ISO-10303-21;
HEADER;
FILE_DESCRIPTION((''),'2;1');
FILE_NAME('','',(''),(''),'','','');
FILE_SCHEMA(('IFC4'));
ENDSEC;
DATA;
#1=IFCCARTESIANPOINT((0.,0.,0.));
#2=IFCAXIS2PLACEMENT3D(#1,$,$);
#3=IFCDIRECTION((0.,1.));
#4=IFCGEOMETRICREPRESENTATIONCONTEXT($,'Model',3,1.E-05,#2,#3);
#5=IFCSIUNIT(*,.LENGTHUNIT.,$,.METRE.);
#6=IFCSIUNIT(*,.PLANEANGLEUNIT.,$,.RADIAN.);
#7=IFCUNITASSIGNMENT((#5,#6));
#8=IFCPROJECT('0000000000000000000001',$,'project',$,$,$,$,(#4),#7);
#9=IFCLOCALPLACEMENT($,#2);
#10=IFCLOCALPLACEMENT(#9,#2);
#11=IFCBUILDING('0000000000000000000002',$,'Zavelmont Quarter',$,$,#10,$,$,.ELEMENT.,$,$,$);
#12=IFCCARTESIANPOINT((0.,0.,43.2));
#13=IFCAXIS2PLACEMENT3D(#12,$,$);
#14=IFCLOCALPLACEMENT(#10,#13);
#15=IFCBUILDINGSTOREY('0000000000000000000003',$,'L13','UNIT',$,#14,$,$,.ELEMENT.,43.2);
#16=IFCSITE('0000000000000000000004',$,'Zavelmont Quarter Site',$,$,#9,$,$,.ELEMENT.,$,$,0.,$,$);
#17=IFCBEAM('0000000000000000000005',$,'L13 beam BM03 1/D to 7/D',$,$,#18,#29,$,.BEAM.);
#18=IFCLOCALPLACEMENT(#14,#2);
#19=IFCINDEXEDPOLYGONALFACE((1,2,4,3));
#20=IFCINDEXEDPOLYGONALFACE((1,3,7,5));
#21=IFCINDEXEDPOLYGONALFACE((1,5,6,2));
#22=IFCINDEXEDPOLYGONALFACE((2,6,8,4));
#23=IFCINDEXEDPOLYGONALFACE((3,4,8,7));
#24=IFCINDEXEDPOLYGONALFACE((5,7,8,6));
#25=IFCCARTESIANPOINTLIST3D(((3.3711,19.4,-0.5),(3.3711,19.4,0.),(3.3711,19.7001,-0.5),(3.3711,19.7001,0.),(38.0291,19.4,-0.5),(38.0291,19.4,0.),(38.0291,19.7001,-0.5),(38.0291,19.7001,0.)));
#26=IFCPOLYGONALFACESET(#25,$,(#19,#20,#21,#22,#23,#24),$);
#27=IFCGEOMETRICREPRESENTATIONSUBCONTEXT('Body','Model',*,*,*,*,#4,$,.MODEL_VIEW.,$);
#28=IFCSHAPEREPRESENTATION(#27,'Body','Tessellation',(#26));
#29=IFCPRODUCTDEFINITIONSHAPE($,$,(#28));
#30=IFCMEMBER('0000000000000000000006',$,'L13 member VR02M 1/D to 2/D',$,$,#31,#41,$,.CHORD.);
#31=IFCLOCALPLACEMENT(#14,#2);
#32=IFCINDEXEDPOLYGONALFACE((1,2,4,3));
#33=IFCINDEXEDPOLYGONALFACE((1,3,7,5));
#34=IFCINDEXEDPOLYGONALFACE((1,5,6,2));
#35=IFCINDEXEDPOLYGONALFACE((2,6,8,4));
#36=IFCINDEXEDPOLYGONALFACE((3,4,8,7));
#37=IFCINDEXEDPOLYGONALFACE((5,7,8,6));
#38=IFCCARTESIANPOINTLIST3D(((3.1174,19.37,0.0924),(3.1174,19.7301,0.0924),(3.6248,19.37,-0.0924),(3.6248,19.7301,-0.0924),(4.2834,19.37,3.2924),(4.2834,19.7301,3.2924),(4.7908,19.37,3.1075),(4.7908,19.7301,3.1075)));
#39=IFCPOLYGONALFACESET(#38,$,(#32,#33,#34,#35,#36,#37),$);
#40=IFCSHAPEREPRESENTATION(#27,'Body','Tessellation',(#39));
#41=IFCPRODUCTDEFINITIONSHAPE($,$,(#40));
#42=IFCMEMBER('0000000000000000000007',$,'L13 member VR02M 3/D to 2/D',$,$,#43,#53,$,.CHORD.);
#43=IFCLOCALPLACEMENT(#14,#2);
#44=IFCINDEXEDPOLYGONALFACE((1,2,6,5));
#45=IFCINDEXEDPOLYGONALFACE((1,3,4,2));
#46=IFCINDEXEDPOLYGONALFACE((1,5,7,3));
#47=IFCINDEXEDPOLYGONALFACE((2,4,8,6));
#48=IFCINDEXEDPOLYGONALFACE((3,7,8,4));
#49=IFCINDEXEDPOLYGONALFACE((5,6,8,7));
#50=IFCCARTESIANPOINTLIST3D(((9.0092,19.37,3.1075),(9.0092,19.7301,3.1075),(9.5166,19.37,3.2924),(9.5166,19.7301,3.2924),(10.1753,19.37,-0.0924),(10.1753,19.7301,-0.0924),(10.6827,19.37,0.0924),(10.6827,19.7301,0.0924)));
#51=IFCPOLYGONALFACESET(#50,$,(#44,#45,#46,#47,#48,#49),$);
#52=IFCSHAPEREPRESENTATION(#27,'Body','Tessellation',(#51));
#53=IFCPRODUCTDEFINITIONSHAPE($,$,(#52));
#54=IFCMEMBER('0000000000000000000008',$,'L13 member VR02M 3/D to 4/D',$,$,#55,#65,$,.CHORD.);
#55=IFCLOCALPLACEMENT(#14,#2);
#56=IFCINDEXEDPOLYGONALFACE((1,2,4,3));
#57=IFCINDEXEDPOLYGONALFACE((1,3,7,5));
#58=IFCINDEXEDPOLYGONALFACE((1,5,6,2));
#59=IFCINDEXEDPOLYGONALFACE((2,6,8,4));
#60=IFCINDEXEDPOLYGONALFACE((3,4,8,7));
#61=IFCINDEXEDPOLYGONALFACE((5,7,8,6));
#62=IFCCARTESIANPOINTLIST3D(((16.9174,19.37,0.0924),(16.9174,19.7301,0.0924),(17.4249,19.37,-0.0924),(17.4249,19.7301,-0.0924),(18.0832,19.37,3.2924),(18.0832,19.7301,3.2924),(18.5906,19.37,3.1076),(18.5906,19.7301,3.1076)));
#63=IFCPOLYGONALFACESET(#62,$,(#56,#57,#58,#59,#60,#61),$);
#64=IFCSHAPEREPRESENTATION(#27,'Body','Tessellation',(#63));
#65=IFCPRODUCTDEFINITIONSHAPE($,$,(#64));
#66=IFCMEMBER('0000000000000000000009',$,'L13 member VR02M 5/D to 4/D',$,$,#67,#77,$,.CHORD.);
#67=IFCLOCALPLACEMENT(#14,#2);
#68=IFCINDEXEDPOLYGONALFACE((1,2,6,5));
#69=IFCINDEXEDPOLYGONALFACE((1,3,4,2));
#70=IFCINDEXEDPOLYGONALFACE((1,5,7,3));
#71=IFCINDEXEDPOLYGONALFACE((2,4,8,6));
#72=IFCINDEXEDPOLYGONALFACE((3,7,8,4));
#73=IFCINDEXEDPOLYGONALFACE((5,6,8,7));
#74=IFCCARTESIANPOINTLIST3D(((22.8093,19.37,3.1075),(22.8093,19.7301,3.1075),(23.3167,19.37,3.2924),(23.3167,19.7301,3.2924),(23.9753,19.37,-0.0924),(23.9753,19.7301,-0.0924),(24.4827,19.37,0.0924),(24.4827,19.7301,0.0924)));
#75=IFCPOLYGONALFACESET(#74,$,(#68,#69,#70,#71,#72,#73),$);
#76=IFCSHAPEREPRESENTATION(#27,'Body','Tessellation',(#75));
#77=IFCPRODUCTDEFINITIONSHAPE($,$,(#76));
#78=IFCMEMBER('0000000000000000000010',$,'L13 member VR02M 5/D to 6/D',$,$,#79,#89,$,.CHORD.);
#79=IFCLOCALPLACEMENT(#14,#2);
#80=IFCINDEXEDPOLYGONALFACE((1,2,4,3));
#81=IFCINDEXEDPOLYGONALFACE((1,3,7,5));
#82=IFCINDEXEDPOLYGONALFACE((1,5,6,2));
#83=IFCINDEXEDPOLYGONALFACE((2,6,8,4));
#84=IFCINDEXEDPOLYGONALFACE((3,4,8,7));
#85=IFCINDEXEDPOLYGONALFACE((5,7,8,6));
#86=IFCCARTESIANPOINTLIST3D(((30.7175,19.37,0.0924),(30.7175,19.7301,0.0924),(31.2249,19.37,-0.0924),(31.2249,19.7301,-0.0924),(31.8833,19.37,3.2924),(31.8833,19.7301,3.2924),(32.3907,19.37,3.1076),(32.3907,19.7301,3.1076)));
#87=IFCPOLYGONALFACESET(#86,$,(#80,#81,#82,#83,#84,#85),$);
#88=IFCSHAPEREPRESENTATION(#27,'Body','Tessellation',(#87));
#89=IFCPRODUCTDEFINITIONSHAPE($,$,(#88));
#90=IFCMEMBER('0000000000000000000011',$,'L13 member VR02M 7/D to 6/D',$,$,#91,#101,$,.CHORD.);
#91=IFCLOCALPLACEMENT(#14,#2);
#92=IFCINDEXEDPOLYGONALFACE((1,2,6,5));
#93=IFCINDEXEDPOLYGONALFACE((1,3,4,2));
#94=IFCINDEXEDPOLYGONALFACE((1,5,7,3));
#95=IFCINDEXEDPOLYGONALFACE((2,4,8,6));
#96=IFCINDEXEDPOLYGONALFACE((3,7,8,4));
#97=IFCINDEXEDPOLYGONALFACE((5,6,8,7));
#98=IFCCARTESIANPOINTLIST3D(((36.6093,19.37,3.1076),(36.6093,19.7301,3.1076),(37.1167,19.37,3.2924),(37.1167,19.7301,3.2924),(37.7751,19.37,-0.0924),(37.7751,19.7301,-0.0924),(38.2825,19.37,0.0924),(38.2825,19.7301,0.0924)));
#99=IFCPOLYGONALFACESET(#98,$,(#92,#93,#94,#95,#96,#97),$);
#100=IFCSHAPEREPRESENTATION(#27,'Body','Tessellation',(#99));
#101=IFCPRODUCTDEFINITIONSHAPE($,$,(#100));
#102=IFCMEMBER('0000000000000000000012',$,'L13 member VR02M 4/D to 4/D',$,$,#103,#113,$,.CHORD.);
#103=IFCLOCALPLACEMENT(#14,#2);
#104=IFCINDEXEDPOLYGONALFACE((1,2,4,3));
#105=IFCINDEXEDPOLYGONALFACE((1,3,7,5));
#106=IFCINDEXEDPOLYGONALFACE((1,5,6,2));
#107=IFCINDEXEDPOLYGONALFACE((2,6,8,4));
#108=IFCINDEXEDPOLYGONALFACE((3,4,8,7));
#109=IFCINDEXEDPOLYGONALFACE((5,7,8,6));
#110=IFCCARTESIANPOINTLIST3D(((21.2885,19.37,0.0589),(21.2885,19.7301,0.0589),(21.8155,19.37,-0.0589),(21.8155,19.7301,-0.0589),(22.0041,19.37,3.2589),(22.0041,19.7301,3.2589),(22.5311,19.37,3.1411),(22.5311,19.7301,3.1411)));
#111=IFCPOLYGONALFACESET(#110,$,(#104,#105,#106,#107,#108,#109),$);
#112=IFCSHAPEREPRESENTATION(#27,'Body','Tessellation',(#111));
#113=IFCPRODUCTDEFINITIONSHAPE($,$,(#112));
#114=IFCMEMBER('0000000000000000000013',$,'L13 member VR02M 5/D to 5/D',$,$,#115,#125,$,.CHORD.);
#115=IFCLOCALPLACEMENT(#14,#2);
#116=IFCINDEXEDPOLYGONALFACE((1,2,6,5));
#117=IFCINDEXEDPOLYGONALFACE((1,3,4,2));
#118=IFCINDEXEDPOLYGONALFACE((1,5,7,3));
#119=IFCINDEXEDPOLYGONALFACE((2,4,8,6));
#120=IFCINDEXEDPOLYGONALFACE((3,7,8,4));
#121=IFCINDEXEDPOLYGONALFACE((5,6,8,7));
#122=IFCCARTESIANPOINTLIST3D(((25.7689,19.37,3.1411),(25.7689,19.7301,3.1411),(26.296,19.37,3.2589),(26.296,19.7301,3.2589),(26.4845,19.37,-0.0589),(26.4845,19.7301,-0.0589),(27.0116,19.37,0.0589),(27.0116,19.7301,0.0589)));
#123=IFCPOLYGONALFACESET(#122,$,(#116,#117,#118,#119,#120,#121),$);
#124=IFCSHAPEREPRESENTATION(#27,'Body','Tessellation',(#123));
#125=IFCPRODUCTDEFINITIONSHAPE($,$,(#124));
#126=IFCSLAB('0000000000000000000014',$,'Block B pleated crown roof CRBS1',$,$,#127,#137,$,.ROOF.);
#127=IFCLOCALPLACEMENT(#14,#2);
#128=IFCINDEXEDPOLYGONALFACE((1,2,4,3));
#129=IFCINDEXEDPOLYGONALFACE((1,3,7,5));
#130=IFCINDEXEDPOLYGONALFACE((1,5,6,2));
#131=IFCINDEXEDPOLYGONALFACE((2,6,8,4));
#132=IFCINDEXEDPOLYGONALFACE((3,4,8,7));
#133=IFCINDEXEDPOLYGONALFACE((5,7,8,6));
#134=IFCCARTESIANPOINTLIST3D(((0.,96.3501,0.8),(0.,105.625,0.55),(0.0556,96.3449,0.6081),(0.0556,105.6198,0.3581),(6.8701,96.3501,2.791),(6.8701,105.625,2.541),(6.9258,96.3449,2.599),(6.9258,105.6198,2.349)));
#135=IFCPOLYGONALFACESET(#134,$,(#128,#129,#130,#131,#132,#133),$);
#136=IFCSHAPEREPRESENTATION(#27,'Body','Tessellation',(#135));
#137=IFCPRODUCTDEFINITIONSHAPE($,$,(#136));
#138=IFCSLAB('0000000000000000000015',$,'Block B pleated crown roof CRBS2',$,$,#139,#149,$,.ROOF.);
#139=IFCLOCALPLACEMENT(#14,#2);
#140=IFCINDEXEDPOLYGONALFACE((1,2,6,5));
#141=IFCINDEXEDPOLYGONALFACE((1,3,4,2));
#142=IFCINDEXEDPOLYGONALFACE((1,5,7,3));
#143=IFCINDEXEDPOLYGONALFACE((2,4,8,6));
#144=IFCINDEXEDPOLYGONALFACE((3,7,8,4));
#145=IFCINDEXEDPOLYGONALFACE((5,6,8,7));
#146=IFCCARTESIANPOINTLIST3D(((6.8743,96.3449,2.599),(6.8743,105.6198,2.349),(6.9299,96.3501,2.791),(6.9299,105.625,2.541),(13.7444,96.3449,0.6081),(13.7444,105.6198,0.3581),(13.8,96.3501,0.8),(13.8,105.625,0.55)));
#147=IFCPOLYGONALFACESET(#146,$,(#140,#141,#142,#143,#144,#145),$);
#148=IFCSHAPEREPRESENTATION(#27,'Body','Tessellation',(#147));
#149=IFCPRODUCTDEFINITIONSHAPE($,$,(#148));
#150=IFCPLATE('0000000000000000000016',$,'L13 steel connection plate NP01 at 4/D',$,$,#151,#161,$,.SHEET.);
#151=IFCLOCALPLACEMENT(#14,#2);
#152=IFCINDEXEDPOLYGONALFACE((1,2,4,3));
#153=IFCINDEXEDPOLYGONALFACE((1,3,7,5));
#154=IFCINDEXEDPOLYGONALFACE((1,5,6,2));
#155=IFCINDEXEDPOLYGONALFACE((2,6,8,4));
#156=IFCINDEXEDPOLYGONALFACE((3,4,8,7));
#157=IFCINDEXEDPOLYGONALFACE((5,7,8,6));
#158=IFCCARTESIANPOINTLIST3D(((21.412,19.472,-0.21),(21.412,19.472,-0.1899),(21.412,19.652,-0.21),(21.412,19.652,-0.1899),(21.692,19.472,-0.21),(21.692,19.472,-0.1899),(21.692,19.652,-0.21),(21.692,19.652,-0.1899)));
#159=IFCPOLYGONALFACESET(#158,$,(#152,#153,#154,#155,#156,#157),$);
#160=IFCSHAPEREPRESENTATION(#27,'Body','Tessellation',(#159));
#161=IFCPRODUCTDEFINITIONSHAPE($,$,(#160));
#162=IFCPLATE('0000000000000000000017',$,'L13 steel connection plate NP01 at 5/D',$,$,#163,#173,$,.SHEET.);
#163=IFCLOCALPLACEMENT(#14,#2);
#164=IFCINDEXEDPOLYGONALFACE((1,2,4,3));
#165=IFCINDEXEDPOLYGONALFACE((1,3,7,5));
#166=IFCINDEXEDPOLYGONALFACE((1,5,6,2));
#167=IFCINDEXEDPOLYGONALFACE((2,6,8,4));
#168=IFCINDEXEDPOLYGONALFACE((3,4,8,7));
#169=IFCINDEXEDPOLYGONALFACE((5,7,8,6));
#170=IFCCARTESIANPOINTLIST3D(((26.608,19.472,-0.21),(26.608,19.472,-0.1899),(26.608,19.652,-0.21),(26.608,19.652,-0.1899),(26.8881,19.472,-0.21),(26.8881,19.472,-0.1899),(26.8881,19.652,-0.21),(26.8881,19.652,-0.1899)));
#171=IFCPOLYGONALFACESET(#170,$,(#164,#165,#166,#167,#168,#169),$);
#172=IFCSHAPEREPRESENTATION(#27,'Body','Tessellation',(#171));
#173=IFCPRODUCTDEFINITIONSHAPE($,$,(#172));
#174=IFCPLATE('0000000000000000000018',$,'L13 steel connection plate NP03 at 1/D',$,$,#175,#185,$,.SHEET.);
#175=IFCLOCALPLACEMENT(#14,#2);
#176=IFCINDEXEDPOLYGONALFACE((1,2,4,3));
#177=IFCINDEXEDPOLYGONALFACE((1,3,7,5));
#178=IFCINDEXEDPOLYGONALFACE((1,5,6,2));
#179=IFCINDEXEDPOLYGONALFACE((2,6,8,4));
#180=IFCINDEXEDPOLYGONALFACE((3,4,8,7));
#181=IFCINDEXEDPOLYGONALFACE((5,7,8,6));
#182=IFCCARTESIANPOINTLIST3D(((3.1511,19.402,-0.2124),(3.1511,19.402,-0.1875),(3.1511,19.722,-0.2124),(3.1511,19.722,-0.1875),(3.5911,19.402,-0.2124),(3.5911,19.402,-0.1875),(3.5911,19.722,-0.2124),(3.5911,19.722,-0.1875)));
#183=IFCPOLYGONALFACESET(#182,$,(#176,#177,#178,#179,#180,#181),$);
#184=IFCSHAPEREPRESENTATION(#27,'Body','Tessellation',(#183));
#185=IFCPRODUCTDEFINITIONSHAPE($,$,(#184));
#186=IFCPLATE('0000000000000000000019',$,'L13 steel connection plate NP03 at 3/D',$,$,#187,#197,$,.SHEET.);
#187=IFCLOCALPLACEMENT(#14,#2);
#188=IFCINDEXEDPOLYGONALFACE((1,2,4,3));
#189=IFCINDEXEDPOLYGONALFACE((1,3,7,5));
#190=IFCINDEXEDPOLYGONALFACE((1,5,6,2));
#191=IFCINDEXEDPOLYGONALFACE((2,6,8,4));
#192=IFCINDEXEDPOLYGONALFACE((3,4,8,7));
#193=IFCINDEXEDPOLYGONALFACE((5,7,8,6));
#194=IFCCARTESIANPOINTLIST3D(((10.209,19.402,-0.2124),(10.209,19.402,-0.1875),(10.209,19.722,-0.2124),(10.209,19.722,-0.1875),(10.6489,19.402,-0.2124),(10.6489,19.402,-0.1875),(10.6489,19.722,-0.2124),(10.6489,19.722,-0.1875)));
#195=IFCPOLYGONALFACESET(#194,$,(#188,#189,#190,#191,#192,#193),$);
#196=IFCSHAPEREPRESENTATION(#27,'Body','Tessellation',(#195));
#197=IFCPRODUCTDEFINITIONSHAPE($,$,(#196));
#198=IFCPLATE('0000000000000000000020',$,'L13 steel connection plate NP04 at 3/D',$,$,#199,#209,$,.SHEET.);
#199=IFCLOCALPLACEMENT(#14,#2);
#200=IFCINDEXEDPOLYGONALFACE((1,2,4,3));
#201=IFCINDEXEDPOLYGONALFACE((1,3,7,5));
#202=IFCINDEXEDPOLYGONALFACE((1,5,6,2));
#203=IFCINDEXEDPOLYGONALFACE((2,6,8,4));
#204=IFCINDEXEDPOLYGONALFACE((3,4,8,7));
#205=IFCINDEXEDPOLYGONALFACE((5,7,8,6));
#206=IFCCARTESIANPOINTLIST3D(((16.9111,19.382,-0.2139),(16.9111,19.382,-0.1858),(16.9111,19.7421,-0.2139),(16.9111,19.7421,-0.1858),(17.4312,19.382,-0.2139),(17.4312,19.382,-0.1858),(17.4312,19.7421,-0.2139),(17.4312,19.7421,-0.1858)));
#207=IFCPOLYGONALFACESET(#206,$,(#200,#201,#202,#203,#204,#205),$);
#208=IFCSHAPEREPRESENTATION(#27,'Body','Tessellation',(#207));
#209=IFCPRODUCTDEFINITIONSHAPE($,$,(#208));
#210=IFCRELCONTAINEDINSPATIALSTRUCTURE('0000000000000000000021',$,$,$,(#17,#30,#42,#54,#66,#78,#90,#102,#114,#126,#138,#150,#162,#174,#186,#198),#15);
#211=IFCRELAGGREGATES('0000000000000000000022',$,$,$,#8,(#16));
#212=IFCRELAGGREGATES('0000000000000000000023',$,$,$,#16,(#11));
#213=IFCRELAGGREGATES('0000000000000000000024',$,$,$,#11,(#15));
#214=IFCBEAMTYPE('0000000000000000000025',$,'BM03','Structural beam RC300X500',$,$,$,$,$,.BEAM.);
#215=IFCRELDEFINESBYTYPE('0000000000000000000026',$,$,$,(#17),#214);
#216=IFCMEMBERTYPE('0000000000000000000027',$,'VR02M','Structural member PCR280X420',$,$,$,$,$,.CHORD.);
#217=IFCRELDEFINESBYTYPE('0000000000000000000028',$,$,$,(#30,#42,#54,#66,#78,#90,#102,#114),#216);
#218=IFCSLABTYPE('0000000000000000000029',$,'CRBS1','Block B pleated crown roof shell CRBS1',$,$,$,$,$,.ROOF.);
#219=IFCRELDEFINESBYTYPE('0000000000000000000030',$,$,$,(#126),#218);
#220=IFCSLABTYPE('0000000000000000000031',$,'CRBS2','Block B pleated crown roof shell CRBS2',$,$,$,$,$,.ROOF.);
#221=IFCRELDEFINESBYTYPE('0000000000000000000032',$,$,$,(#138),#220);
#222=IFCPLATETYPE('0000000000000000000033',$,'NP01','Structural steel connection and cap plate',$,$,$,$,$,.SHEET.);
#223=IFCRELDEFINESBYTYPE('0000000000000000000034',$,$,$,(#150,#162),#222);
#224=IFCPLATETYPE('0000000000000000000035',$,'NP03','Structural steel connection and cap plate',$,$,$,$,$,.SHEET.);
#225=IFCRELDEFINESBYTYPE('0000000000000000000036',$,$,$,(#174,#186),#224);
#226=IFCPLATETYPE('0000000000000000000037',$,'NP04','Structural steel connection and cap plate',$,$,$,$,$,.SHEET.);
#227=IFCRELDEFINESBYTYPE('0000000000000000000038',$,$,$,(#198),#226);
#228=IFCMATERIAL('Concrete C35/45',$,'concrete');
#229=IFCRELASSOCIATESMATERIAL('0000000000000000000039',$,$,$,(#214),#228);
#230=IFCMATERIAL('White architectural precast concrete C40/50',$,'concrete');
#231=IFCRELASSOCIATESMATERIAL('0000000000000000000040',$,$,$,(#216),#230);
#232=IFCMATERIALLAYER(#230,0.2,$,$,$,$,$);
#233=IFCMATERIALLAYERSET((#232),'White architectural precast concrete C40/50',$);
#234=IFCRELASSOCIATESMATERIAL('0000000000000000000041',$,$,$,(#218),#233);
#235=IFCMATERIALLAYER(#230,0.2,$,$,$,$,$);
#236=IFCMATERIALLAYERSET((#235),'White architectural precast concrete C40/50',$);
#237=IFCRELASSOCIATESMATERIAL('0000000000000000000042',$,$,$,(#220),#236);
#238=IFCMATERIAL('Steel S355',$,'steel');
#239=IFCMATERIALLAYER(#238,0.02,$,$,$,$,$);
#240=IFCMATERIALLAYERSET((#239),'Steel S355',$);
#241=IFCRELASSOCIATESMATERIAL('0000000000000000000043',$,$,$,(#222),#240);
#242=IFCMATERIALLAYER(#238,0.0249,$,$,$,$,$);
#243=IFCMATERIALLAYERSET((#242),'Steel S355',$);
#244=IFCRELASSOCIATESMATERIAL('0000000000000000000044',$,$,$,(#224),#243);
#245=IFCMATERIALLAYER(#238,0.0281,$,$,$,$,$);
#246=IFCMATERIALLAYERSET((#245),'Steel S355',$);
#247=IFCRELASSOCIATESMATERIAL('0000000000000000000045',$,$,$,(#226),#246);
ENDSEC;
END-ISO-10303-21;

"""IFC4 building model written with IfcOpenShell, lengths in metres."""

from ifc_helpers import new_model, si_unit, direction, frame, origin, origin_2d, place, context, subcontext, project, spatial, polyline, rectangle, outline, extrude, material, layer, layer_set, material_profile, profile_set, type_object, element, save


model = new_model("IFC4")

# Units and contexts
model_context = context("Model", 3, precision=1e-05, world=origin(), true_north=direction((0.0, 1.0)))
body_context = subcontext(model_context, "Body", "Model", "MODEL_VIEW")
ifc_project = project(units=[si_unit("LENGTHUNIT", "METRE"), si_unit("PLANEANGLEUNIT", "RADIAN")], contexts=[model_context])

# Site, building, storey
site_placement = place(None, origin())
site = spatial("IfcSite", under=ifc_project, at=site_placement, Name="Zavelmont Quarter Site", CompositionType="ELEMENT", RefElevation=0.0)
building_placement = place(site_placement, origin())
building = spatial("IfcBuilding", under=site, at=building_placement, Name="Zavelmont Quarter", CompositionType="ELEMENT")
storey_placement = place(building_placement, frame((0.0, 0.0, 43.2)))
storey = spatial("IfcBuildingStorey", under=building, at=storey_placement, Name="L13", Description="UNIT", CompositionType="ELEMENT", Elevation=43.2)

# Beam
ifc_material_1 = material(Name="Concrete C35/45", Category="concrete")
ifc_material_profile_1 = material_profile(ifc_material_1, rectangle(XDim=0.3, YDim=0.5, at=origin_2d()), Name="RC300X500")
ifc_profile_set_1 = profile_set([ifc_material_profile_1], Name="Concrete C35/45")
beam_type = type_object("IfcBeamType", Name="BM03", Description="Structural beam RC300X500", PredefinedType="BEAM", material=ifc_profile_set_1)
beam_placement = place(storey_placement, frame((3.3711, 19.55, -0.25), z_axis=(1.0, 0.0, 0.0), x_axis=(0.0, 1.0, 0.0)))
element("IfcBeam", 1, at=beam_placement, inside=storey, type_object=beam_type, Name="L13 beam BM03 1/D to 7/D", PredefinedType="BEAM", context=body_context, shape_type="SweptSolid", body=[
    extrude(rectangle(XDim=0.3, YDim=0.5, at=origin_2d()), origin(), (0.0, 0.0, 1.0), 34.658),
])

# Members
ifc_material_2 = material(Name="White architectural precast concrete C40/50", Category="concrete")
ifc_material_profile_2 = material_profile(ifc_material_2, rectangle(XDim=0.3601, YDim=0.54, at=origin_2d()), Name="PCR280X420")
ifc_profile_set_2 = profile_set([ifc_material_profile_2], Name="White architectural precast concrete C40/50")
member_type = type_object("IfcMemberType", Name="VR02M", Description="Structural member PCR280X420", PredefinedType="CHORD", material=ifc_profile_set_2)
for number, where, z_axis, x_axis, name in (
    (2, (3.3711, 19.55, 0.0), (0.342365, 0.0, 0.939567), (0.0, 1.0, 0.0), "L13 member VR02M 1/D to 2/D"),
    (3, (10.429, 19.55, 0.0), (-0.342365, 0.0, 0.939567), (0.0, -1.0, 0.0), "L13 member VR02M 3/D to 2/D"),
    (4, (17.1711, 19.55, 0.0), (0.342301, 0.0, 0.93959), (0.0, 1.0, 0.0), "L13 member VR02M 3/D to 4/D"),
    (5, (24.229, 19.55, 0.0), (-0.342365, 0.0, 0.939567), (0.0, -1.0, 0.0), "L13 member VR02M 5/D to 4/D"),
    (6, (30.9712, 19.55, 0.0), (0.342301, 0.0, 0.93959), (0.0, 1.0, 0.0), "L13 member VR02M 5/D to 6/D"),
    (7, (38.0288, 19.55, 0.0), (-0.342301, 0.0, 0.93959), (0.0, -1.0, 0.0), "L13 member VR02M 7/D to 6/D"),
):
    element("IfcMember", number, at=place(storey_placement, frame(where, z_axis=z_axis, x_axis=x_axis)), inside=storey, type_object=member_type, Name=name, PredefinedType="CHORD", context=body_context, shape_type="SweptSolid", body=[
        extrude(rectangle(XDim=0.3601, YDim=0.54, at=origin_2d()), origin(), (0.0, 0.0, 1.0), 3.4058),
    ])
for number, where, z_axis, x_axis, name in (
    (8, (21.552, 19.55, 0.0), (0.218231, 0.0, 0.975897), (0.0, 1.0, 0.0), "L13 member VR02M 4/D to 4/D"),
    (9, (26.748, 19.55, 0.0), (-0.218231, 0.0, 0.975897), (0.0, -1.0, 0.0), "L13 member VR02M 5/D to 5/D"),
):
    element("IfcMember", number, at=place(storey_placement, frame(where, z_axis=z_axis, x_axis=x_axis)), inside=storey, type_object=member_type, Name=name, PredefinedType="CHORD", context=body_context, shape_type="SweptSolid", body=[
        extrude(rectangle(XDim=0.3601, YDim=0.54, at=origin_2d()), origin(), (0.0, 0.0, 1.0), 3.2791),
    ])

# Slabs
ifc_layer_1 = layer(ifc_material_2, 0.2)
ifc_layer_set_1 = layer_set([ifc_layer_1], Name="White architectural precast concrete C40/50")
slab_type_1 = type_object("IfcSlabType", Name="CRBS1", Description="Block B pleated crown roof shell CRBS1", PredefinedType="ROOF", material=ifc_layer_set_1)
slab_1_placement = place(storey_placement, frame((0.0, 96.3501, 0.8), z_axis=(-0.278255, 0.025881, 0.960159), x_axis=(0.96048, 0.0, 0.278348)))
element("IfcSlab", 10, at=slab_1_placement, inside=storey, type_object=slab_type_1, Name="Block B pleated crown roof CRBS1", PredefinedType="ROOF", context=body_context, shape_type="SweptSolid", body=[
    extrude(outline(polyline([(0.0, 0.0), (7.1528, 0.0), (7.0832, 9.278), (-0.0696, 9.278), (0.0, 0.0)])), origin(), (0.0, 0.0, -1.0), 0.2),
])
ifc_layer_2 = layer(ifc_material_2, 0.2)
ifc_layer_set_2 = layer_set([ifc_layer_2], Name="White architectural precast concrete C40/50")
slab_type_2 = type_object("IfcSlabType", Name="CRBS2", Description="Block B pleated crown roof shell CRBS2", PredefinedType="ROOF", material=ifc_layer_set_2)
slab_2_placement = place(storey_placement, frame((6.9299, 96.3501, 2.791), z_axis=(0.278255, 0.025881, 0.960159), x_axis=(0.96048, 0.0, -0.278348)))
element("IfcSlab", 11, at=slab_2_placement, inside=storey, type_object=slab_type_2, Name="Block B pleated crown roof CRBS2", PredefinedType="ROOF", context=body_context, shape_type="SweptSolid", body=[
    extrude(outline(polyline([(0.0, 0.0), (7.1528, 0.0), (7.2224, 9.278), (0.0696, 9.278), (0.0, 0.0)])), origin(), (0.0, 0.0, -1.0), 0.2),
])

# Plates
ifc_material_3 = material(Name="Steel S355", Category="steel")
ifc_layer_3 = layer(ifc_material_3, 0.02)
ifc_layer_set_3 = layer_set([ifc_layer_3], Name="Steel S355")
plate_type_1 = type_object("IfcPlateType", Name="NP01", Description="Structural steel connection and cap plate", PredefinedType="SHEET", material=ifc_layer_set_3)
for number, where, z_axis, x_axis, name in (
    (12, (21.552, 19.562, -0.21), (0.0, 0.0, 1.0), (1.0, 0.0, 0.0), "L13 steel connection plate NP01 at 4/D"),
    (13, (26.748, 19.562, -0.21), (0.0, 0.0, 1.0), (1.0, 0.0, 0.0), "L13 steel connection plate NP01 at 5/D"),
):
    element("IfcPlate", number, at=place(storey_placement, frame(where, z_axis=z_axis, x_axis=x_axis)), inside=storey, type_object=plate_type_1, Name=name, PredefinedType="SHEET", context=body_context, shape_type="SweptSolid", body=[
        extrude(rectangle(XDim=0.28, YDim=0.1799, at=origin_2d()), origin(), (0.0, 0.0, 1.0), 0.02),
    ])
ifc_layer_4 = layer(ifc_material_3, 0.0249)
ifc_layer_set_4 = layer_set([ifc_layer_4], Name="Steel S355")
plate_type_2 = type_object("IfcPlateType", Name="NP03", Description="Structural steel connection and cap plate", PredefinedType="SHEET", material=ifc_layer_set_4)
for number, where, z_axis, x_axis, name in (
    (14, (3.3711, 19.562, -0.2124), (0.0, 0.0, 1.0), (1.0, 0.0, 0.0), "L13 steel connection plate NP03 at 1/D"),
    (15, (10.429, 19.562, -0.2124), (0.0, 0.0, 1.0), (1.0, 0.0, 0.0), "L13 steel connection plate NP03 at 3/D"),
):
    element("IfcPlate", number, at=place(storey_placement, frame(where, z_axis=z_axis, x_axis=x_axis)), inside=storey, type_object=plate_type_2, Name=name, PredefinedType="SHEET", context=body_context, shape_type="SweptSolid", body=[
        extrude(rectangle(XDim=0.4399, YDim=0.3201, at=origin_2d()), origin(), (0.0, 0.0, 1.0), 0.0249),
    ])
ifc_layer_5 = layer(ifc_material_3, 0.0281)
ifc_layer_set_5 = layer_set([ifc_layer_5], Name="Steel S355")
plate_type_3 = type_object("IfcPlateType", Name="NP04", Description="Structural steel connection and cap plate", PredefinedType="SHEET", material=ifc_layer_set_5)
for number, where, z_axis, x_axis, name in (
    (16, (17.1711, 19.562, -0.2139), (0.0, 0.0, 1.0), (1.0, 0.0, 0.0), "L13 steel connection plate NP04 at 3/D"),
):
    element("IfcPlate", number, at=place(storey_placement, frame(where, z_axis=z_axis, x_axis=x_axis)), inside=storey, type_object=plate_type_3, Name=name, PredefinedType="SHEET", context=body_context, shape_type="SweptSolid", body=[
        extrude(rectangle(XDim=0.52, YDim=0.3601, at=origin_2d()), origin(), (0.0, 0.0, 1.0), 0.0281),
    ])

save(model, "model.ifc")
